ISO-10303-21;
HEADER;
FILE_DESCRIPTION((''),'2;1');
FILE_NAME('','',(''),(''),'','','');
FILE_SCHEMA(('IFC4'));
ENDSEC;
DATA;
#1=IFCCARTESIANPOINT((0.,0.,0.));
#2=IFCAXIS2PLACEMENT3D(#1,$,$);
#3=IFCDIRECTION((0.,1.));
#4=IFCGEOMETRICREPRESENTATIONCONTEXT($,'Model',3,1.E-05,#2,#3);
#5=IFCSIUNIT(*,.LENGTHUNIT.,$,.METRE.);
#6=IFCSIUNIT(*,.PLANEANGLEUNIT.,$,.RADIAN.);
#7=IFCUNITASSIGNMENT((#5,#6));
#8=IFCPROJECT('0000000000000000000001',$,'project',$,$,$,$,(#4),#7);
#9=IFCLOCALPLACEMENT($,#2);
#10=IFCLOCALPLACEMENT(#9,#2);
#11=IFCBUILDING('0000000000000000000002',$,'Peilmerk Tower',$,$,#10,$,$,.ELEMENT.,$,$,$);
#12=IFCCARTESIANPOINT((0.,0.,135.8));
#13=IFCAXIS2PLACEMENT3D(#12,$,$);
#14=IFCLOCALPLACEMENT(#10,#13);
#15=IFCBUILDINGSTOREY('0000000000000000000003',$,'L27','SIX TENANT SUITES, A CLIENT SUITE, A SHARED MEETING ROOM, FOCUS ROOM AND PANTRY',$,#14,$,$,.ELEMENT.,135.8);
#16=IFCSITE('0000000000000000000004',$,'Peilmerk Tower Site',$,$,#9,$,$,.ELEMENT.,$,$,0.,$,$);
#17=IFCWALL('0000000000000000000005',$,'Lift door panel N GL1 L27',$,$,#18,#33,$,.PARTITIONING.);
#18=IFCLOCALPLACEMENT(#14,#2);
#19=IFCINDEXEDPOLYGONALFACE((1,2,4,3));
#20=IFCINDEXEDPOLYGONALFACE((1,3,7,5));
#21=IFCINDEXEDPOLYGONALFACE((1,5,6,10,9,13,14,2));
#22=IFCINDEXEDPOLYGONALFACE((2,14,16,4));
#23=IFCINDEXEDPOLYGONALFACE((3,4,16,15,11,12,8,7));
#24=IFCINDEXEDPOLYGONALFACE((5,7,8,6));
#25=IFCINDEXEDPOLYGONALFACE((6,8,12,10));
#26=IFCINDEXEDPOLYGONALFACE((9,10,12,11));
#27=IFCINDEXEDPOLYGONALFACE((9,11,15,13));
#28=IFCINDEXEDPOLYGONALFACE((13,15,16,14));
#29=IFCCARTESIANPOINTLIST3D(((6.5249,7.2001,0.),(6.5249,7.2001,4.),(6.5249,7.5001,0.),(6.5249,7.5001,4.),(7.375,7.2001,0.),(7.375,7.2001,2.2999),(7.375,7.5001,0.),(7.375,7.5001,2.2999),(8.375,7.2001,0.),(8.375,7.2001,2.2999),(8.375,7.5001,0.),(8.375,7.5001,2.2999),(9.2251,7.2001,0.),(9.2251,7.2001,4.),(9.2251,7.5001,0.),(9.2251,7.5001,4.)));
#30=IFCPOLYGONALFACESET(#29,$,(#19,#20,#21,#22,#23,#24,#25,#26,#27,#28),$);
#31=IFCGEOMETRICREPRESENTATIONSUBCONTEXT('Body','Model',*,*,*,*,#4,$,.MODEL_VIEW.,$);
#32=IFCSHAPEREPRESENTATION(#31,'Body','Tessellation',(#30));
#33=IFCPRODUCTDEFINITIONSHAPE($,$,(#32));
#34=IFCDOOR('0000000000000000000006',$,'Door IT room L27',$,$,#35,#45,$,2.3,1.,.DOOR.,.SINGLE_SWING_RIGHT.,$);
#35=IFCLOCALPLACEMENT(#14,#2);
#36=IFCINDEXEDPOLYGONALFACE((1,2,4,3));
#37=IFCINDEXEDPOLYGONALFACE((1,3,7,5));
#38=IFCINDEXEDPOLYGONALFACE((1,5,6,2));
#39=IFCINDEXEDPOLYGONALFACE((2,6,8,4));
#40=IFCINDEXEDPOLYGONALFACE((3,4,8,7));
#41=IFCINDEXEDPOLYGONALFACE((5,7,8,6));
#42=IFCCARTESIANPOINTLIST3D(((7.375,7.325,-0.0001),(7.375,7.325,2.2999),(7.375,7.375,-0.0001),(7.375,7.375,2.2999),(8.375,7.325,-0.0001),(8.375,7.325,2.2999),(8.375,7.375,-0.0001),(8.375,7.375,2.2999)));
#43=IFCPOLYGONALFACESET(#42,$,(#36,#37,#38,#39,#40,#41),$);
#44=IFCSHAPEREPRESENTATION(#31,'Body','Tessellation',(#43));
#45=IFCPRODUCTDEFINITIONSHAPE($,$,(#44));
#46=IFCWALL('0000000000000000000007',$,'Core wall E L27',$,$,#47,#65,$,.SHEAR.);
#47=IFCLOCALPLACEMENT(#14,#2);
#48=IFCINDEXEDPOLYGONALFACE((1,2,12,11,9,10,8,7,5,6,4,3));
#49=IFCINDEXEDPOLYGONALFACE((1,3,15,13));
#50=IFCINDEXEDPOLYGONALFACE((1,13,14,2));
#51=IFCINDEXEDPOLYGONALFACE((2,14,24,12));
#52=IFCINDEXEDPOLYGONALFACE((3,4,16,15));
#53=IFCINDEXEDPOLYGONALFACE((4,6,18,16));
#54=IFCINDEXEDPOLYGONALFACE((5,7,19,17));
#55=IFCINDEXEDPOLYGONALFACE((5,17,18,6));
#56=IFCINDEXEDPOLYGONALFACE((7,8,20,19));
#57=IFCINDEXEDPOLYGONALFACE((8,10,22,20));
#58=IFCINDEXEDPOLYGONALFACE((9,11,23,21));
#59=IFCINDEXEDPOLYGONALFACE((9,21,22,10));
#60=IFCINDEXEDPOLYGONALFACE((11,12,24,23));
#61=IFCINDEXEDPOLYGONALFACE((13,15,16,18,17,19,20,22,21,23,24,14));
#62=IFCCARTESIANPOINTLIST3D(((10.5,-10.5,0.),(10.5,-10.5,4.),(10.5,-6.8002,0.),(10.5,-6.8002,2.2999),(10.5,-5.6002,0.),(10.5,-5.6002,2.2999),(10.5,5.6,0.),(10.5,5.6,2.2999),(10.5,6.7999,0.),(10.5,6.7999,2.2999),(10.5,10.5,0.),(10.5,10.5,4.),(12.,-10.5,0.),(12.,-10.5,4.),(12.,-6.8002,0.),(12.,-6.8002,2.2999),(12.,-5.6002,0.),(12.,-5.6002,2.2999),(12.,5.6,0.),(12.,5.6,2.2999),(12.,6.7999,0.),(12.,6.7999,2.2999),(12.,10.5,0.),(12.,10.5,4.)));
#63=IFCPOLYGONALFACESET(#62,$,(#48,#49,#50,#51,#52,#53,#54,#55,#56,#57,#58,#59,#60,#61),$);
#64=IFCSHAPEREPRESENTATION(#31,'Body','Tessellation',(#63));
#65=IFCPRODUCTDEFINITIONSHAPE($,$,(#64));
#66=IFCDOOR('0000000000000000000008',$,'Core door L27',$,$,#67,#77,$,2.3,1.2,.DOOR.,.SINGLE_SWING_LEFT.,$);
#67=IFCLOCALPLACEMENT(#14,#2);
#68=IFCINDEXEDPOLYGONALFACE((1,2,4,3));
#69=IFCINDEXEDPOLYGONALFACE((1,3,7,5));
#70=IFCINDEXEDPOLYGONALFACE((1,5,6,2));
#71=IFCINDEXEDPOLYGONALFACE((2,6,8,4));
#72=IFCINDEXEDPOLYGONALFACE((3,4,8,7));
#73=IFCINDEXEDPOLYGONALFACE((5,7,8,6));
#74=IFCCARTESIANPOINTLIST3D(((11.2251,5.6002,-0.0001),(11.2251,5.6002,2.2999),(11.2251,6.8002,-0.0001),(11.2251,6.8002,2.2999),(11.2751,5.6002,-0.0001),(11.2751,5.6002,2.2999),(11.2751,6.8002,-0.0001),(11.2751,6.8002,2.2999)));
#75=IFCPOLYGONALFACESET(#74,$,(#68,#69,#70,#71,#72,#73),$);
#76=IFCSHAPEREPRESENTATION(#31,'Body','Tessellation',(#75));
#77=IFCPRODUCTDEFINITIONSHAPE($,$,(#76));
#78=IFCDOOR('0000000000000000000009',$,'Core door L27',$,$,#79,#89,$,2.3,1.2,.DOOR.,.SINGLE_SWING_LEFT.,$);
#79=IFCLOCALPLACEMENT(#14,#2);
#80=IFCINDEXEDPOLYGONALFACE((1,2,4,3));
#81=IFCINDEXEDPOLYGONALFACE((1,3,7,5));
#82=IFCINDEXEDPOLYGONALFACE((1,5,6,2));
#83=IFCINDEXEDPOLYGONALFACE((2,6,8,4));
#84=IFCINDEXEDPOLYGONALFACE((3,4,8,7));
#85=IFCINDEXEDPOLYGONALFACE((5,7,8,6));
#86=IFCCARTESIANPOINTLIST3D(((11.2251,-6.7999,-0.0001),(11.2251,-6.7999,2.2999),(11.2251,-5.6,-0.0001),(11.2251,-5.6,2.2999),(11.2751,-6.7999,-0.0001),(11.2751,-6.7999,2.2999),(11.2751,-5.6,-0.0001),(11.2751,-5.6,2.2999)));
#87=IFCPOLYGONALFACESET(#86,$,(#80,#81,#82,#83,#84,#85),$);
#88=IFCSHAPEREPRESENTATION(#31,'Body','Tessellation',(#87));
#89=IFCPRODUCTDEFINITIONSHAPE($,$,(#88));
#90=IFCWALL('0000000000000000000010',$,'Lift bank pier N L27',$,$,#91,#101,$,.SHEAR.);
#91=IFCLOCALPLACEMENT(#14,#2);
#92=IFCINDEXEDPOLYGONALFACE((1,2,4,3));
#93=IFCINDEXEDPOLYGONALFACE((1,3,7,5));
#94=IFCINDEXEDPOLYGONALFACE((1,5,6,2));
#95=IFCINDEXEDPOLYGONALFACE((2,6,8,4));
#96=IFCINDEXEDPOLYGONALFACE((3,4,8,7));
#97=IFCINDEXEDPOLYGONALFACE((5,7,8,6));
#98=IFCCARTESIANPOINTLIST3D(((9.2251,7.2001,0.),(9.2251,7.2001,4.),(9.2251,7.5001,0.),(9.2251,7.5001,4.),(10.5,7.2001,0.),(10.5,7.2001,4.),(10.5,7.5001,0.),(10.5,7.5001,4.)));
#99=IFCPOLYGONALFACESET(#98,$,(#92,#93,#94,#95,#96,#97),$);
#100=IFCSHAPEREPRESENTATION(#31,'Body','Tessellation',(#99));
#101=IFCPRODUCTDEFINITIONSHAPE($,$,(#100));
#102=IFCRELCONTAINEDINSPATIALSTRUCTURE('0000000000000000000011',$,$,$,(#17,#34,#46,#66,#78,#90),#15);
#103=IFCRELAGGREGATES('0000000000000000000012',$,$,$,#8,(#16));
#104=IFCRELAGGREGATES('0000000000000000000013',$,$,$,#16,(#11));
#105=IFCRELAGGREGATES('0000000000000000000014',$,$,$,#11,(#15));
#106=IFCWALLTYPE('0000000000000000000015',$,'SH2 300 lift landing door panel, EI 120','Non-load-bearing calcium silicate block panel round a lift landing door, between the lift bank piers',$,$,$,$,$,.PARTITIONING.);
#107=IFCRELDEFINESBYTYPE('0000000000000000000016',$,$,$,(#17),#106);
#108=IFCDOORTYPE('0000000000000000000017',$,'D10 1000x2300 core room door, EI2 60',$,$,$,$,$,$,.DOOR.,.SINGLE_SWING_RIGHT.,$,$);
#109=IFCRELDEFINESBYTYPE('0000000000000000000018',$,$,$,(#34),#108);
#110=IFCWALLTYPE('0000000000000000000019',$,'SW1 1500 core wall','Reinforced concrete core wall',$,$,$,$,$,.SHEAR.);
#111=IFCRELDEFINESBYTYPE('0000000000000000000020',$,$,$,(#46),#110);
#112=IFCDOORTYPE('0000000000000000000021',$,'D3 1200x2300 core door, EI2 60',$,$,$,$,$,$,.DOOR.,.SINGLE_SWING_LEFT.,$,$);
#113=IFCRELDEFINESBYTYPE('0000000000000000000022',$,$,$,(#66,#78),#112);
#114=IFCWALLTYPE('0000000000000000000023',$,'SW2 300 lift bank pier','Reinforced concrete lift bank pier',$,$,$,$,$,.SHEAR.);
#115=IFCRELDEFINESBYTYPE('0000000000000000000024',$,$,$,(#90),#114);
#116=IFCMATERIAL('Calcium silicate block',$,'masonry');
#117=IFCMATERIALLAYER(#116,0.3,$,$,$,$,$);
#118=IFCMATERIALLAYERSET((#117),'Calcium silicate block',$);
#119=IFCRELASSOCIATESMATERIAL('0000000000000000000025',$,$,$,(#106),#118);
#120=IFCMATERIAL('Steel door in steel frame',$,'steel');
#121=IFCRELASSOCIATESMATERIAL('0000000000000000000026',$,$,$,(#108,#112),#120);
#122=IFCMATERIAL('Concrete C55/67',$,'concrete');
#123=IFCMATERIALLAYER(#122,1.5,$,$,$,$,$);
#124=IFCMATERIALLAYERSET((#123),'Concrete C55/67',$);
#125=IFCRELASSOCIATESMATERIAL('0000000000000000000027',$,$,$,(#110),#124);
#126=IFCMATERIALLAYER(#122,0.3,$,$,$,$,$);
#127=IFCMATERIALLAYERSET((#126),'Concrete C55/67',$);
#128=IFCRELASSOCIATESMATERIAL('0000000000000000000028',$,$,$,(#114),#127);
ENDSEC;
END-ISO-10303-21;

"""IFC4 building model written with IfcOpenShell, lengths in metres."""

from ifc_helpers import new_model, si_unit, direction, frame, frame_2d, origin, place, context, subcontext, project, spatial, rectangle, extrude, material, layer, layer_set, type_object, element, fill, save


model = new_model("IFC4")

# Units and contexts
model_context = context("Model", 3, precision=1e-05, world=origin(), true_north=direction((0.0, 1.0)))
body_context = subcontext(model_context, "Body", "Model", "MODEL_VIEW")
ifc_project = project(units=[si_unit("LENGTHUNIT", "METRE"), si_unit("PLANEANGLEUNIT", "RADIAN")], contexts=[model_context])

# Site, building, storey
site_placement = place(None, origin())
site = spatial("IfcSite", under=ifc_project, at=site_placement, Name="Peilmerk Tower Site", CompositionType="ELEMENT", RefElevation=0.0)
building_placement = place(site_placement, origin())
building = spatial("IfcBuilding", under=site, at=building_placement, Name="Peilmerk Tower", CompositionType="ELEMENT")
storey_placement = place(building_placement, frame((0.0, 0.0, 135.8)))
storey = spatial("IfcBuildingStorey", under=building, at=storey_placement, Name="L27", Description="SIX TENANT SUITES, A CLIENT SUITE, A SHARED MEETING ROOM, FOCUS ROOM AND PANTRY", CompositionType="ELEMENT", Elevation=135.8)

# Shared definitions
ifc_material_1 = material(Name="Calcium silicate block", Category="masonry")

# Wall, opening, door
ifc_layer_1 = layer(ifc_material_1, 0.3)
ifc_layer_set_1 = layer_set([ifc_layer_1], Name="Calcium silicate block")
wall_type_1 = type_object("IfcWallType", Name="SH2 300 lift landing door panel, EI 120", Description="Non-load-bearing calcium silicate block panel round a lift landing door, between the lift bank piers", PredefinedType="PARTITIONING", material=ifc_layer_set_1)
wall_1_placement = place(storey_placement, frame((6.5249, 7.3501, 0.0), z_axis=(0.0, 0.0, 1.0), x_axis=(1.0, 0.0, 0.0)))
wall_1 = element("IfcWall", 1, at=wall_1_placement, inside=storey, type_object=wall_type_1, Name="Lift door panel N GL1 L27", PredefinedType="PARTITIONING", context=body_context, shape_type="SweptSolid", body=[
    extrude(rectangle(XDim=2.7002, YDim=0.3, at=frame_2d((1.3501, 0.0))), origin(), (0.0, 0.0, 1.0), 4.0),
])
opening_1_placement = place(wall_1_placement, frame((0.8501, 0.0, 0.0)))
opening_1 = element("IfcOpeningElement", 2, at=opening_1_placement, cuts=wall_1, PredefinedType="OPENING", context=body_context, shape_type="SweptSolid", body=[
    extrude(rectangle(XDim=1.0, YDim=2.3, at=frame_2d((0.5, 1.1499))), frame((0.0, 0.1599, 0.0), z_axis=(0.0, -1.0, 0.0), x_axis=(1.0, 0.0, 0.0)), (0.0, 0.0, 1.0), 0.3201),
])
ifc_material_2 = material(Name="Steel door in steel frame", Category="steel")
door_type_1 = type_object("IfcDoorType", Name="D10 1000x2300 core room door, EI2 60", OperationType="SINGLE_SWING_RIGHT", PredefinedType="DOOR", material=ifc_material_2)
door_1_placement = place(opening_1_placement, origin())
door_1 = element("IfcDoor", 3, at=door_1_placement, inside=storey, type_object=door_type_1, Name="Door IT room L27", OperationType="SINGLE_SWING_RIGHT", OverallHeight=2.3, OverallWidth=1.0, PredefinedType="DOOR", context=body_context, shape_type="SweptSolid", body=[
    extrude(rectangle(XDim=1.0, YDim=2.3, at=frame_2d((0.5, 1.1499))), frame((0.0, 0.0249, 0.0), z_axis=(0.0, -1.0, 0.0), x_axis=(1.0, 0.0, 0.0)), (0.0, 0.0, 1.0), 0.05),
])
fill(opening_1, door_1)

# Wall, openings, doors
ifc_material_3 = material(Name="Concrete C55/67", Category="concrete")
ifc_layer_2 = layer(ifc_material_3, 1.5)
ifc_layer_set_2 = layer_set([ifc_layer_2], Name="Concrete C55/67")
wall_type_2 = type_object("IfcWallType", Name="SW1 1500 core wall", Description="Reinforced concrete core wall", PredefinedType="SHEAR", material=ifc_layer_set_2)
wall_2_placement = place(storey_placement, frame((11.25, 10.5, 0.0), z_axis=(0.0, 0.0, 1.0), x_axis=(0.0, -1.0, 0.0)))
wall_2 = element("IfcWall", 4, at=wall_2_placement, inside=storey, type_object=wall_type_2, Name="Core wall E L27", PredefinedType="SHEAR", context=body_context, shape_type="SweptSolid", body=[
    extrude(rectangle(XDim=21.0, YDim=1.5, at=frame_2d((10.5, 0.0))), origin(), (0.0, 0.0, 1.0), 4.0),
])
opening_2_placement = place(wall_2_placement, frame((3.7, 0.0, 0.0)))
opening_2 = element("IfcOpeningElement", 5, at=opening_2_placement, cuts=wall_2, PredefinedType="OPENING", context=body_context, shape_type="SweptSolid", body=[
    extrude(rectangle(XDim=1.2, YDim=2.3, at=frame_2d((0.6001, 1.1499))), frame((0.0, 0.76, 0.0), z_axis=(0.0, -1.0, 0.0), x_axis=(1.0, 0.0, 0.0)), (0.0, 0.0, 1.0), 1.52),
])
opening_3_placement = place(wall_2_placement, frame((16.1001, 0.0, 0.0)))
opening_3 = element("IfcOpeningElement", 6, at=opening_3_placement, cuts=wall_2, PredefinedType="OPENING", context=body_context, shape_type="SweptSolid", body=[
    extrude(rectangle(XDim=1.2, YDim=2.3, at=frame_2d((0.6001, 1.1499))), frame((0.0, 0.76, 0.0), z_axis=(0.0, -1.0, 0.0), x_axis=(1.0, 0.0, 0.0)), (0.0, 0.0, 1.0), 1.52),
])
door_type_2 = type_object("IfcDoorType", Name="D3 1200x2300 core door, EI2 60", OperationType="SINGLE_SWING_LEFT", PredefinedType="DOOR", material=ifc_material_2)
door_2_placement = place(opening_2_placement, frame((1.2, 0.0, 0.0), z_axis=(0.0, 0.0, 1.0), x_axis=(-1.0, 0.0, 0.0)))
door_2 = element("IfcDoor", 7, at=door_2_placement, inside=storey, type_object=door_type_2, Name="Core door L27", OperationType="SINGLE_SWING_LEFT", OverallHeight=2.3, OverallWidth=1.2, PredefinedType="DOOR", context=body_context, shape_type="SweptSolid", body=[
    extrude(rectangle(XDim=1.2, YDim=2.3, at=frame_2d((0.6001, 1.1499))), frame((0.0, 0.0249, 0.0), z_axis=(0.0, -1.0, 0.0), x_axis=(1.0, 0.0, 0.0)), (0.0, 0.0, 1.0), 0.05),
])
fill(opening_2, door_2)
door_3_placement = place(opening_3_placement, frame((1.2, 0.0, 0.0), z_axis=(0.0, 0.0, 1.0), x_axis=(-1.0, 0.0, 0.0)))
door_3 = element("IfcDoor", 8, at=door_3_placement, inside=storey, type_object=door_type_2, Name="Core door L27", OperationType="SINGLE_SWING_LEFT", OverallHeight=2.3, OverallWidth=1.2, PredefinedType="DOOR", context=body_context, shape_type="SweptSolid", body=[
    extrude(rectangle(XDim=1.2, YDim=2.3, at=frame_2d((0.6001, 1.1499))), frame((0.0, 0.0249, 0.0), z_axis=(0.0, -1.0, 0.0), x_axis=(1.0, 0.0, 0.0)), (0.0, 0.0, 1.0), 0.05),
])
fill(opening_3, door_3)

# Wall
ifc_layer_3 = layer(ifc_material_3, 0.3)
ifc_layer_set_3 = layer_set([ifc_layer_3], Name="Concrete C55/67")
wall_type_3 = type_object("IfcWallType", Name="SW2 300 lift bank pier", Description="Reinforced concrete lift bank pier", PredefinedType="SHEAR", material=ifc_layer_set_3)
wall_3_placement = place(storey_placement, frame((9.2251, 7.3501, 0.0), z_axis=(0.0, 0.0, 1.0), x_axis=(1.0, 0.0, 0.0)))
element("IfcWall", 9, at=wall_3_placement, inside=storey, type_object=wall_type_3, Name="Lift bank pier N L27", PredefinedType="SHEAR", context=body_context, shape_type="SweptSolid", body=[
    extrude(rectangle(XDim=1.2749, YDim=0.3, at=frame_2d((0.6375, 0.0))), origin(), (0.0, 0.0, 1.0), 4.0),
])

save(model, "model.ifc")
